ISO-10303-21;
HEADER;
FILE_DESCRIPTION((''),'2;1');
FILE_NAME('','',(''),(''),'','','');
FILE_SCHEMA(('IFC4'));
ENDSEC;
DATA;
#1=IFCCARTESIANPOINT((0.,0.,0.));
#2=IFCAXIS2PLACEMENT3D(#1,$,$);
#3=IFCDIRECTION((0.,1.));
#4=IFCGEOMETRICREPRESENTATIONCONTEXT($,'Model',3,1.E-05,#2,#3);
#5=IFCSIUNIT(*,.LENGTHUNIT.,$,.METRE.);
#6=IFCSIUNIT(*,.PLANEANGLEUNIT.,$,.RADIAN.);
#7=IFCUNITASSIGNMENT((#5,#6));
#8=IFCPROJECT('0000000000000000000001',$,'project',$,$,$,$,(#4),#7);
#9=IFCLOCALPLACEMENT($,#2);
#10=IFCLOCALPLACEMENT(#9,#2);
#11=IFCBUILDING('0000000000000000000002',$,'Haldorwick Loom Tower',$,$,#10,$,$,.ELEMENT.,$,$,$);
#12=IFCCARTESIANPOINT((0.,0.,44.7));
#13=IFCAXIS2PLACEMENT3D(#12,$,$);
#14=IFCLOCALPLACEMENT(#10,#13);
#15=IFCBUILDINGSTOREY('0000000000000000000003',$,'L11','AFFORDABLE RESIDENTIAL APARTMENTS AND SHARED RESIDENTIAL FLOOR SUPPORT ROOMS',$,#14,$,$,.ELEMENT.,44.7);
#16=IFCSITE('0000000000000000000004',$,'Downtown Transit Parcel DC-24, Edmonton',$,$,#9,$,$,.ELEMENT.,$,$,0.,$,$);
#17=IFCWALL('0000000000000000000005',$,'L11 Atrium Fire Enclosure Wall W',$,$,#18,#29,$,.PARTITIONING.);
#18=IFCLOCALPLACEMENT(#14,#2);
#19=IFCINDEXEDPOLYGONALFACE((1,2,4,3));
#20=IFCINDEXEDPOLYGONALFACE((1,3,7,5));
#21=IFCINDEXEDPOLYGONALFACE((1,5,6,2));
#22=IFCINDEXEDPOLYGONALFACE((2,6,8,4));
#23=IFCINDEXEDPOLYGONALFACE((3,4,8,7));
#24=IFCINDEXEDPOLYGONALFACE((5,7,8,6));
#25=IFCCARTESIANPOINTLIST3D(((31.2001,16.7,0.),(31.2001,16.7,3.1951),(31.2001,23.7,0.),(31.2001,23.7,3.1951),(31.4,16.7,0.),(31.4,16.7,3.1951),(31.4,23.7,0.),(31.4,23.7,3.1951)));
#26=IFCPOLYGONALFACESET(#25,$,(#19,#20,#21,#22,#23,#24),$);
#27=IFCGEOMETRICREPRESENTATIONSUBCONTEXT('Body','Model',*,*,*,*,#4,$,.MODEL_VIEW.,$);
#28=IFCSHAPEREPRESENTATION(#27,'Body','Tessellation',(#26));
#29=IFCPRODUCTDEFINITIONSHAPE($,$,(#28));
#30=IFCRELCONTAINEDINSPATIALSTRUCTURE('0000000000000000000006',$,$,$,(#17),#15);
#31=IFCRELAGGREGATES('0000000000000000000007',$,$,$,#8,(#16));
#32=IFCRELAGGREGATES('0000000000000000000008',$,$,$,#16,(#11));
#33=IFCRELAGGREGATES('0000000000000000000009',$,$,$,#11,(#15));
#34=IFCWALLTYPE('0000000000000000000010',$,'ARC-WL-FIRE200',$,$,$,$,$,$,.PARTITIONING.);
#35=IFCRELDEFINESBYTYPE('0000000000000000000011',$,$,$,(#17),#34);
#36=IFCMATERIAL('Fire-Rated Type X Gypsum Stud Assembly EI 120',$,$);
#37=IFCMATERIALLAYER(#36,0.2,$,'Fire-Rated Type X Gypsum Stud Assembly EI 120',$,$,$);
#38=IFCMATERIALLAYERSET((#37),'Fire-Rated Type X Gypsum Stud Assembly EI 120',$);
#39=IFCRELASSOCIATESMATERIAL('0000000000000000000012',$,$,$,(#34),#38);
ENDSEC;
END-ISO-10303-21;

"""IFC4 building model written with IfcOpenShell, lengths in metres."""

from ifc_helpers import new_model, si_unit, direction, frame, frame_2d, origin, place, context, subcontext, project, spatial, rectangle, extrude, material, layer, layer_set, type_object, element, save


model = new_model("IFC4")

# Units and contexts
model_context = context("Model", 3, precision=1e-05, world=origin(), true_north=direction((0.0, 1.0)))
body_context = subcontext(model_context, "Body", "Model", "MODEL_VIEW")
ifc_project = project(units=[si_unit("LENGTHUNIT", "METRE"), si_unit("PLANEANGLEUNIT", "RADIAN")], contexts=[model_context])

# Site, building, storey
site_placement = place(None, origin())
site = spatial("IfcSite", under=ifc_project, at=site_placement, Name="Downtown Transit Parcel DC-24, Edmonton", CompositionType="ELEMENT", RefElevation=0.0)
building_placement = place(site_placement, origin())
building = spatial("IfcBuilding", under=site, at=building_placement, Name="Haldorwick Loom Tower", CompositionType="ELEMENT")
storey_placement = place(building_placement, frame((0.0, 0.0, 44.7)))
storey = spatial("IfcBuildingStorey", under=building, at=storey_placement, Name="L11", Description="AFFORDABLE RESIDENTIAL APARTMENTS AND SHARED RESIDENTIAL FLOOR SUPPORT ROOMS", CompositionType="ELEMENT", Elevation=44.7)

# Wall
ifc_material_1 = material(Name="Fire-Rated Type X Gypsum Stud Assembly EI 120")
ifc_layer_1 = layer(ifc_material_1, 0.2, Name="Fire-Rated Type X Gypsum Stud Assembly EI 120")
ifc_layer_set_1 = layer_set([ifc_layer_1], Name="Fire-Rated Type X Gypsum Stud Assembly EI 120")
wall_type_1 = type_object("IfcWallType", Name="ARC-WL-FIRE200", PredefinedType="PARTITIONING", material=ifc_layer_set_1)
wall_1_placement = place(storey_placement, frame((31.3, 16.7, 0.0), z_axis=(0.0, 0.0, 1.0), x_axis=(0.0, 1.0, 0.0)))
element("IfcWall", 1, at=wall_1_placement, inside=storey, type_object=wall_type_1, Name="L11 Atrium Fire Enclosure Wall W", PredefinedType="PARTITIONING", context=body_context, shape_type="SweptSolid", body=[
    extrude(rectangle(XDim=7.0, YDim=0.2, at=frame_2d((3.5, 0.0))), origin(), (0.0, 0.0, 1.0), 3.1951),
])

save(model, "model.ifc")
